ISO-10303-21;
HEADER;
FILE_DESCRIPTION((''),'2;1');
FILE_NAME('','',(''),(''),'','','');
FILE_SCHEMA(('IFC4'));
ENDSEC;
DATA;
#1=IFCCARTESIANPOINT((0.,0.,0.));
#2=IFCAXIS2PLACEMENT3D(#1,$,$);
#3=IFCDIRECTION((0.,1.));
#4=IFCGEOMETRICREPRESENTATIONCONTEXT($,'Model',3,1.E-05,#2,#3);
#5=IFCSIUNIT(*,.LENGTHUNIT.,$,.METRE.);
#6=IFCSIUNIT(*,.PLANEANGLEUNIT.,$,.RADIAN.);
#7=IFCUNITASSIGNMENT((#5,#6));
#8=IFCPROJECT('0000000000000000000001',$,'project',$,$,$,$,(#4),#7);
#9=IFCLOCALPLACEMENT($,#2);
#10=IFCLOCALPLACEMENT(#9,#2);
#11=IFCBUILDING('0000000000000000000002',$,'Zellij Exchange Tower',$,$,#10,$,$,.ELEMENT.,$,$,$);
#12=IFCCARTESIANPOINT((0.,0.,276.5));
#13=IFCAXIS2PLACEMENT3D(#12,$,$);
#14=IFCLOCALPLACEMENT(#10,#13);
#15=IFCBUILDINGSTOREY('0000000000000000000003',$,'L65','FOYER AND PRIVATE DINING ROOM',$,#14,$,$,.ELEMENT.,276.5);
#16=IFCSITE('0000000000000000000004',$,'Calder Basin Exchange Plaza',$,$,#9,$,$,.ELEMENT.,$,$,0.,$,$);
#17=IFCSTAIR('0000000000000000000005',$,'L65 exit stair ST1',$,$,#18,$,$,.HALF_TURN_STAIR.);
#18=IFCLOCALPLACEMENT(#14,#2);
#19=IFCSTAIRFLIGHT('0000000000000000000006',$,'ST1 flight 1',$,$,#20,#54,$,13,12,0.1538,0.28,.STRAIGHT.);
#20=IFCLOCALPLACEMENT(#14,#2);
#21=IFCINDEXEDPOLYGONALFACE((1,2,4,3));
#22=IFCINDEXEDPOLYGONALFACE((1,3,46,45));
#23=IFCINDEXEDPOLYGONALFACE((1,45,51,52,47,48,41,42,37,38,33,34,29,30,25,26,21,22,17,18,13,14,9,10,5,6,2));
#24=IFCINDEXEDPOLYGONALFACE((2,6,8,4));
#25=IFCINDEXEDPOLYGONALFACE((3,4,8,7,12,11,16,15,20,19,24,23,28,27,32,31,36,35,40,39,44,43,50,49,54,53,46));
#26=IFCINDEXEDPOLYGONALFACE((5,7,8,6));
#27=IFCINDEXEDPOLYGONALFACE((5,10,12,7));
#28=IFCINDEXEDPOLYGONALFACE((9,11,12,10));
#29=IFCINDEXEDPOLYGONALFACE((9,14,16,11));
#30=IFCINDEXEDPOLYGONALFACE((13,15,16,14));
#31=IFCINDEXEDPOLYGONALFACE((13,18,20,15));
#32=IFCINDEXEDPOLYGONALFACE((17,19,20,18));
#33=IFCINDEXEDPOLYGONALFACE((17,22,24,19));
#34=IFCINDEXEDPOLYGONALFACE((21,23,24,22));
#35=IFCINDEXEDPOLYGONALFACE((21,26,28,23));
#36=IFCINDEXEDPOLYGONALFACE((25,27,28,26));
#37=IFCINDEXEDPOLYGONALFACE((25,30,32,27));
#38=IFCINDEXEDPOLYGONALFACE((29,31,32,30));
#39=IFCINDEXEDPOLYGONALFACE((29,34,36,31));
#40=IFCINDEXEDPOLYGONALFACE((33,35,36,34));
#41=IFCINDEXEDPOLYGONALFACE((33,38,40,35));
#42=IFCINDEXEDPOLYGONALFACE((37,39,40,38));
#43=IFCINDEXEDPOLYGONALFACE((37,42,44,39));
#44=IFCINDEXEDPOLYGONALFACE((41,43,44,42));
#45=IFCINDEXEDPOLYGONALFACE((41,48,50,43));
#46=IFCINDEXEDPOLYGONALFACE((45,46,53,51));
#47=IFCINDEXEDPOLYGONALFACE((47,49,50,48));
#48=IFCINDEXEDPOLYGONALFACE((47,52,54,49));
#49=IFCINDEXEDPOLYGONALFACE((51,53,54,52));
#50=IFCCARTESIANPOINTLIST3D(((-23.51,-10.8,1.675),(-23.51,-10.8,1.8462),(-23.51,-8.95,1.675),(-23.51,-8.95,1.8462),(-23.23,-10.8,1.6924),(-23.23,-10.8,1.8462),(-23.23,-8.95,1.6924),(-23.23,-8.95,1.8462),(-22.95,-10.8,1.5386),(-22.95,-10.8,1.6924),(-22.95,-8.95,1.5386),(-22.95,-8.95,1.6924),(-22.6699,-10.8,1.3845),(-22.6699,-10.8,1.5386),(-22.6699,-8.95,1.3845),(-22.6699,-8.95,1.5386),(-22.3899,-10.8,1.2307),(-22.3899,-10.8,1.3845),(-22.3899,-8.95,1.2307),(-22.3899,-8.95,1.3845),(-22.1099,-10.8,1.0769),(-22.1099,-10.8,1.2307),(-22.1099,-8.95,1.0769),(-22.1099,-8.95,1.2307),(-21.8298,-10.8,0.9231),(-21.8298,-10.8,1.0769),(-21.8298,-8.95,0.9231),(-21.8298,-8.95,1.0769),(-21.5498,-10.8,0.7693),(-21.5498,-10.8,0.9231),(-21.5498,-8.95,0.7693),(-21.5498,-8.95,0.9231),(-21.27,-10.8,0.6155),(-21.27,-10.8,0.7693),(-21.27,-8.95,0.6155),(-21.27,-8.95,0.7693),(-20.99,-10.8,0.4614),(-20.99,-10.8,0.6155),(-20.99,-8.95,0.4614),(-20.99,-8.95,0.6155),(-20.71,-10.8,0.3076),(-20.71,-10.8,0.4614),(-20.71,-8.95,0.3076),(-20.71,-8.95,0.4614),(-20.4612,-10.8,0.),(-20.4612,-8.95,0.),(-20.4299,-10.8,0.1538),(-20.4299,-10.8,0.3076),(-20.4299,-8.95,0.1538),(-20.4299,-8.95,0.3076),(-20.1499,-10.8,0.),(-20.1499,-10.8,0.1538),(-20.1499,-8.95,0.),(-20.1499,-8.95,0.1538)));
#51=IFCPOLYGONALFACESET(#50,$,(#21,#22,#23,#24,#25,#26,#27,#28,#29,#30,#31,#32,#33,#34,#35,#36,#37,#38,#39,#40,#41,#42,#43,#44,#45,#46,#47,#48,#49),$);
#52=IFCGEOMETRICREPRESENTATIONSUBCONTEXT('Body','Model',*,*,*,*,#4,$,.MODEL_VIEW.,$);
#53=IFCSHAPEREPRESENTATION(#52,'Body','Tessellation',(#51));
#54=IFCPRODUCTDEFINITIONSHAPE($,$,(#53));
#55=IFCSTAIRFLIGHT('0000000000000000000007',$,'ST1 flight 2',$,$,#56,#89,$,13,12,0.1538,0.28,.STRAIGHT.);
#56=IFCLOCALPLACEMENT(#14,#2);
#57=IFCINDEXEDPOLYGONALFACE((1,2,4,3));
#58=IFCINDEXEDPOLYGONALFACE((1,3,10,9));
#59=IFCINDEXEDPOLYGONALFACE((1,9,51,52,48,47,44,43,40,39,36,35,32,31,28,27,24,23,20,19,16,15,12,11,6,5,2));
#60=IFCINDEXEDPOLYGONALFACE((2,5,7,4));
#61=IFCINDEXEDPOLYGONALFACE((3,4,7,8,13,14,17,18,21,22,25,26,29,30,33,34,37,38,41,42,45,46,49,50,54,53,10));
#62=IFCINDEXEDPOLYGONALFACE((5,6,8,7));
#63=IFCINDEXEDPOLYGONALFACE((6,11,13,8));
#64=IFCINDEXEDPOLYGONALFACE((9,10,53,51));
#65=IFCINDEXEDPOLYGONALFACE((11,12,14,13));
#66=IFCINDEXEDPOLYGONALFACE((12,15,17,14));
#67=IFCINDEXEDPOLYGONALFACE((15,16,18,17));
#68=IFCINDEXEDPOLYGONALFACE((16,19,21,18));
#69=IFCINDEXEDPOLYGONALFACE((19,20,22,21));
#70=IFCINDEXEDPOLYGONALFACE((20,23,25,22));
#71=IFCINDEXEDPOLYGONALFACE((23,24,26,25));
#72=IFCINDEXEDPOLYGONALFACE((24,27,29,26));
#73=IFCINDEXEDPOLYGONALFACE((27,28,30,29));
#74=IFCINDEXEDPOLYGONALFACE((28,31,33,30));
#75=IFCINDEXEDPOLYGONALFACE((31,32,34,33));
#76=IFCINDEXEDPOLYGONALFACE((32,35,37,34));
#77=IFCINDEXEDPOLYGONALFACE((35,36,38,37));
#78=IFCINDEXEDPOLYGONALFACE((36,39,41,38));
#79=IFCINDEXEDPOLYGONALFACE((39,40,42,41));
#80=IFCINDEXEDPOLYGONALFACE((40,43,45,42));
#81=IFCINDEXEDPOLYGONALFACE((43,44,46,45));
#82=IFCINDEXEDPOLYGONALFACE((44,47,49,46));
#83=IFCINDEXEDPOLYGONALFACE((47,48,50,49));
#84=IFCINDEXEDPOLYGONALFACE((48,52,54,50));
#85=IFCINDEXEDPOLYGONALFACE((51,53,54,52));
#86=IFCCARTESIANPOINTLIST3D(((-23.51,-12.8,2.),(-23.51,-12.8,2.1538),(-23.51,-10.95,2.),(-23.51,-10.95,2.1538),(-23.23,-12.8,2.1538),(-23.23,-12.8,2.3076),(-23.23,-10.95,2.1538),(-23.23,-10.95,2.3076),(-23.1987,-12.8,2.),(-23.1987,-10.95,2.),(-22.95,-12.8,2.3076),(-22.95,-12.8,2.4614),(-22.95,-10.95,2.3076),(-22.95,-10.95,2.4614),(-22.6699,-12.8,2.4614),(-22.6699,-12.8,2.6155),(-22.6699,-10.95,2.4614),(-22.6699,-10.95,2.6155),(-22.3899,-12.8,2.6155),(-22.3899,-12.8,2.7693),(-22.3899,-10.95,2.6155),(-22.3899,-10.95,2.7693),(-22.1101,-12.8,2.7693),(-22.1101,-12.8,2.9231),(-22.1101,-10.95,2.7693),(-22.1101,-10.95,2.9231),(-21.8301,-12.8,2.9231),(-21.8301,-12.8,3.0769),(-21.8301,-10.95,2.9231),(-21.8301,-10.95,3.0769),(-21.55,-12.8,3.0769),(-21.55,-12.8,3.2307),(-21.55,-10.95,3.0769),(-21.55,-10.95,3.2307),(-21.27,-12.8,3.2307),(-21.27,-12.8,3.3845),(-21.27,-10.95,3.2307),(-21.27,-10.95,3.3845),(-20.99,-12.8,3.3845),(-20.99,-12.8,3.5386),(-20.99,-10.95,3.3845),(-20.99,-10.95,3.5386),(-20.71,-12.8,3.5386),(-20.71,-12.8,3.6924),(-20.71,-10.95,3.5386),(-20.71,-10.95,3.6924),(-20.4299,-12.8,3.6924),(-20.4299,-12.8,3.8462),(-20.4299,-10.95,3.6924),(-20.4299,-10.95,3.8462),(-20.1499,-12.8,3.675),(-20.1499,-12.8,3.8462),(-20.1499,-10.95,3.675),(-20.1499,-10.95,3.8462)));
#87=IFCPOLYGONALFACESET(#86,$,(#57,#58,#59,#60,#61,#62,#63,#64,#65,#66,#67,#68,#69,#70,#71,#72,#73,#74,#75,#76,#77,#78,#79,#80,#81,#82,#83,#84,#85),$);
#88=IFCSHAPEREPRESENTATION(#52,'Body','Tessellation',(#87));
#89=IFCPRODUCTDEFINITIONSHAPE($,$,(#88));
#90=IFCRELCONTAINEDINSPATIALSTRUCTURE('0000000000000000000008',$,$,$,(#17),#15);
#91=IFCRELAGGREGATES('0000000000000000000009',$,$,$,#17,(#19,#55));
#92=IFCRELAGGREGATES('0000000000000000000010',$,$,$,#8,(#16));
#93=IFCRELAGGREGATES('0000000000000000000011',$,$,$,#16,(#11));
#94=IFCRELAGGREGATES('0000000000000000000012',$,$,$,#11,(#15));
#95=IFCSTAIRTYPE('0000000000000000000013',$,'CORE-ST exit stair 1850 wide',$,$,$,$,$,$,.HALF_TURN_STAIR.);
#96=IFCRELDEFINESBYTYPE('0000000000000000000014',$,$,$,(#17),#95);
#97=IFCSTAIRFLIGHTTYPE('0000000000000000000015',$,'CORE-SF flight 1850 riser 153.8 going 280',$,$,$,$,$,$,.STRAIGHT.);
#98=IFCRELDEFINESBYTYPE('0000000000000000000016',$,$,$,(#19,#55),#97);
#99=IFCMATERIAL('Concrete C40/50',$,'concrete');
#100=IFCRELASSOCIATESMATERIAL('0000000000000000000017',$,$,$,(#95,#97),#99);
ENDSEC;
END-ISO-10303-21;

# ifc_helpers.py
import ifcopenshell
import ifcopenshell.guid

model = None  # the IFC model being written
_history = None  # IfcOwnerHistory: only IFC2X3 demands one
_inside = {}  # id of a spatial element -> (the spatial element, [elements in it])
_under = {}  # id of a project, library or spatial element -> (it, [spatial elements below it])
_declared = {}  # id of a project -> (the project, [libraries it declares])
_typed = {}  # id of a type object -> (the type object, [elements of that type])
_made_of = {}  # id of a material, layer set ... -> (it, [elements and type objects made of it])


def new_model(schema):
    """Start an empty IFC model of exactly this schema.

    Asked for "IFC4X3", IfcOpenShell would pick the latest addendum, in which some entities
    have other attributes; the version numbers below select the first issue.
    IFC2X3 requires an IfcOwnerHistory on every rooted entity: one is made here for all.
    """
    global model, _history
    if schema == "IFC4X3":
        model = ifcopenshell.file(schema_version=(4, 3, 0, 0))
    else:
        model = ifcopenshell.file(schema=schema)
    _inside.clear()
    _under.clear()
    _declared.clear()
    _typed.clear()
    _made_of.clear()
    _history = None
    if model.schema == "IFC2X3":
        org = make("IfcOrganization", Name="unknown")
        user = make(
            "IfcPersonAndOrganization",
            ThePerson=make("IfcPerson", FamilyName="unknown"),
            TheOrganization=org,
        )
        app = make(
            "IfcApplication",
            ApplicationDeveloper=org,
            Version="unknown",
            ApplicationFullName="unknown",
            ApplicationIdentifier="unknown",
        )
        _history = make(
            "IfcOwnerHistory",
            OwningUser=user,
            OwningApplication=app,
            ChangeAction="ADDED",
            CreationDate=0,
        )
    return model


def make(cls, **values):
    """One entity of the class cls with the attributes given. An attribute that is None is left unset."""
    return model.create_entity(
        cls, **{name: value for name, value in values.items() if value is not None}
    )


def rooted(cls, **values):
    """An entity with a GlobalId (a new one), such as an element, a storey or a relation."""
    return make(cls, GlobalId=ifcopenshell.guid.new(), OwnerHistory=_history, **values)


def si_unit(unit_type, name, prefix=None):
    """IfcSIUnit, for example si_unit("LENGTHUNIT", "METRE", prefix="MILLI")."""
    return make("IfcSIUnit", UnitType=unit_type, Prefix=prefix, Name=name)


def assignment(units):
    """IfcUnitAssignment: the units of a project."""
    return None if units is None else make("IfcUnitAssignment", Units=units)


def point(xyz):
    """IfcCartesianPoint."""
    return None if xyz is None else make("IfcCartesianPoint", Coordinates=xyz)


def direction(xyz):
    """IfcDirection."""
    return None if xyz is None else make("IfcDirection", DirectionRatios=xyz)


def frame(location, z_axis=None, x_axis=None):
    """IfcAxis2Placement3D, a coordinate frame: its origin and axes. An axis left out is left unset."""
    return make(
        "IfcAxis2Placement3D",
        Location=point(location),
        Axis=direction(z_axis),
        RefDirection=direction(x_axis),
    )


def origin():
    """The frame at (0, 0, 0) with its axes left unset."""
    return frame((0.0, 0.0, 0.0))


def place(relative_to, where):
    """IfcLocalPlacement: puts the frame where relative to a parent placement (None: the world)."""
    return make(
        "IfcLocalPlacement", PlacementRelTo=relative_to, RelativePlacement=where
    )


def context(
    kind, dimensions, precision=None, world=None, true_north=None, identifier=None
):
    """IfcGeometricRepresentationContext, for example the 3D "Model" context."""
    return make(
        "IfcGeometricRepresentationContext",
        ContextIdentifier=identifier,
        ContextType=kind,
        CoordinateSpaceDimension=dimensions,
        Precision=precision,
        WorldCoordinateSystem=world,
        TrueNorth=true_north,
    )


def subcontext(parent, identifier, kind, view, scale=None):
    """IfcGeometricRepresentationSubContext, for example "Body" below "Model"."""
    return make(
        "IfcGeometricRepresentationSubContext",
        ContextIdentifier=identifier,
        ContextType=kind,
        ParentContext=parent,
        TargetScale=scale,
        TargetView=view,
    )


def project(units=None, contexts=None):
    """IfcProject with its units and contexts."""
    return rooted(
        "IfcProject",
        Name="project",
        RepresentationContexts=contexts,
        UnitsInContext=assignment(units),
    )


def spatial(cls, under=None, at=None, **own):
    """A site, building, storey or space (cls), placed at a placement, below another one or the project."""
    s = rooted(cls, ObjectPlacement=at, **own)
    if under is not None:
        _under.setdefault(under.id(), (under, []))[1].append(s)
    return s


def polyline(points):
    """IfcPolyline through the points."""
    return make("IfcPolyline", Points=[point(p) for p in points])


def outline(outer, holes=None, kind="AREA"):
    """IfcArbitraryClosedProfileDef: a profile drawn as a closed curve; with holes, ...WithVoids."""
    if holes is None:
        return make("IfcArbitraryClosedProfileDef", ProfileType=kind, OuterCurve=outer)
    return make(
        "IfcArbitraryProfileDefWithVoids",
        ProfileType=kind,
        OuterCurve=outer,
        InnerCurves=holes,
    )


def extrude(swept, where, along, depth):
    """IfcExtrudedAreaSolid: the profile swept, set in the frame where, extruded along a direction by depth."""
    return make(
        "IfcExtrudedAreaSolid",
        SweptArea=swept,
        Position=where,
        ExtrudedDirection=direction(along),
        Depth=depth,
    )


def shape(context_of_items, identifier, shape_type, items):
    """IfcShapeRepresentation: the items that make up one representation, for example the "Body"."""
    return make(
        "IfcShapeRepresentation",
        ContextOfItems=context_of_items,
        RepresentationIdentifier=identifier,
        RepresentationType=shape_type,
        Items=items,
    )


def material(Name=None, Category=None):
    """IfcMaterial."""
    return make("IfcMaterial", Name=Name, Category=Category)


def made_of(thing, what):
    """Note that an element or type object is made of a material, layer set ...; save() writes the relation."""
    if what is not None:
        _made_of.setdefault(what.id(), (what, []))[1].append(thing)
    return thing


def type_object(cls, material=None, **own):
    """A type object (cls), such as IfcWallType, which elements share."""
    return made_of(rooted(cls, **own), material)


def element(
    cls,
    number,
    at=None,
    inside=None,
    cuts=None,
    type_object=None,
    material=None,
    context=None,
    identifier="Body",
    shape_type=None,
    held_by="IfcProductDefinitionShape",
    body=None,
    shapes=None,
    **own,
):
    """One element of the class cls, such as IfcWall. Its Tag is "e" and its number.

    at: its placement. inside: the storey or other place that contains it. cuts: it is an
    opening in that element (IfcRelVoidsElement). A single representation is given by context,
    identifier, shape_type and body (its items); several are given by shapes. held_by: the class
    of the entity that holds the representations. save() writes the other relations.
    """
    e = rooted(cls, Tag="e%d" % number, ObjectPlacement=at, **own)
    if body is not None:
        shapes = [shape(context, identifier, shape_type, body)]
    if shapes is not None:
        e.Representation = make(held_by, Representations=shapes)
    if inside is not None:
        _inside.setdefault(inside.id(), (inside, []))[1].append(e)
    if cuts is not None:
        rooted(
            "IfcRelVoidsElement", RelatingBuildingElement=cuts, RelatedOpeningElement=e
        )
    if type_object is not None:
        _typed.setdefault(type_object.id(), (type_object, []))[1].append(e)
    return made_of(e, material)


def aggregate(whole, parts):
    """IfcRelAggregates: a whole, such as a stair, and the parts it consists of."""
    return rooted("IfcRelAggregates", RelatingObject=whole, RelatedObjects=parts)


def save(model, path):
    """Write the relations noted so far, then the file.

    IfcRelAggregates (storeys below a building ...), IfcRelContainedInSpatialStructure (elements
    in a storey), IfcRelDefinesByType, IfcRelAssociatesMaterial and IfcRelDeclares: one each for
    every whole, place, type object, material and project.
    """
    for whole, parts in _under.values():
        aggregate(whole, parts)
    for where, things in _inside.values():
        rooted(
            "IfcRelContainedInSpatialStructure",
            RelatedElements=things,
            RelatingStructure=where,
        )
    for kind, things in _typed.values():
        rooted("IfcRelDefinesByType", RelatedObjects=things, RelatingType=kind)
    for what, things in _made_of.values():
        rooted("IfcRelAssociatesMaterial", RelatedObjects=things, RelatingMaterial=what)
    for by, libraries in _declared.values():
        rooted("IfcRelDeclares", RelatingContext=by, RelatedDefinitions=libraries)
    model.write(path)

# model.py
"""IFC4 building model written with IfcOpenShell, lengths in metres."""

from ifc_helpers import new_model, si_unit, direction, frame, origin, place, context, subcontext, project, spatial, polyline, outline, extrude, material, type_object, element, aggregate, save


model = new_model("IFC4")

# Units and contexts
model_context = context("Model", 3, precision=1e-05, world=origin(), true_north=direction((0.0, 1.0)))
body_context = subcontext(model_context, "Body", "Model", "MODEL_VIEW")
ifc_project = project(units=[si_unit("LENGTHUNIT", "METRE"), si_unit("PLANEANGLEUNIT", "RADIAN")], contexts=[model_context])

# Site, building, storey
site_placement = place(None, origin())
site = spatial("IfcSite", under=ifc_project, at=site_placement, Name="Calder Basin Exchange Plaza", CompositionType="ELEMENT", RefElevation=0.0)
building_placement = place(site_placement, origin())
building = spatial("IfcBuilding", under=site, at=building_placement, Name="Zellij Exchange Tower", CompositionType="ELEMENT")
storey_placement = place(building_placement, frame((0.0, 0.0, 276.5)))
storey = spatial("IfcBuildingStorey", under=building, at=storey_placement, Name="L65", Description="FOYER AND PRIVATE DINING ROOM", CompositionType="ELEMENT", Elevation=276.5)

# Stair, stair flights
ifc_material_1 = material(Name="Concrete C40/50", Category="concrete")
stair_type = type_object("IfcStairType", Name="CORE-ST exit stair 1850 wide", PredefinedType="HALF_TURN_STAIR", material=ifc_material_1)
stair_placement = place(storey_placement, origin())
stair = element("IfcStair", 1, at=stair_placement, inside=storey, type_object=stair_type, Name="L65 exit stair ST1", PredefinedType="HALF_TURN_STAIR")
stair_flight_type = type_object("IfcStairFlightType", Name="CORE-SF flight 1850 riser 153.8 going 280", PredefinedType="STRAIGHT", material=ifc_material_1)
stair_flight_1_placement = place(storey_placement, frame((-20.1499, -9.875, 0.0), z_axis=(0.0, 0.0, 1.0), x_axis=(-1.0, 0.0, 0.0)))
stair_flight_1 = element("IfcStairFlight", 2, at=stair_flight_1_placement, type_object=stair_flight_type, Name="ST1 flight 1", NumberOfRisers=13, NumberOfTreads=12, PredefinedType="STRAIGHT", RiserHeight=0.1538, TreadLength=0.28, context=body_context, shape_type="SweptSolid", body=[
    extrude(outline(polyline([(0.0, 0.0), (0.0, 0.1538), (0.28, 0.1538), (0.28, 0.3076), (0.5601, 0.3076), (0.5601, 0.4614), (0.8401, 0.4614), (0.8401, 0.6155), (1.1201, 0.6155), (1.1201, 0.7693), (1.3999, 0.7693), (1.3999, 0.9231), (1.6799, 0.9231), (1.6799, 1.0769), (1.96, 1.0769), (1.96, 1.2307), (2.24, 1.2307), (2.24, 1.3845), (2.52, 1.3845), (2.52, 1.5386), (2.8, 1.5386), (2.8, 1.6924), (3.0801, 1.6924), (3.0801, 1.8462), (3.3601, 1.8462), (3.3601, 2.0), (3.3601, 1.675), (0.3113, 0.0), (0.0, 0.0)])), frame((0.0, 0.925, 0.0), z_axis=(0.0, -1.0, 0.0), x_axis=(1.0, 0.0, 0.0)), (0.0, 0.0, 1.0), 1.8501),
])
stair_flight_2_placement = place(storey_placement, frame((-23.51, -11.875, 2.0), z_axis=(0.0, 0.0, 1.0), x_axis=(1.0, 0.0, 0.0)))
stair_flight_2 = element("IfcStairFlight", 3, at=stair_flight_2_placement, type_object=stair_flight_type, Name="ST1 flight 2", NumberOfRisers=13, NumberOfTreads=12, PredefinedType="STRAIGHT", RiserHeight=0.1538, TreadLength=0.28, context=body_context, shape_type="SweptSolid", body=[
    extrude(outline(polyline([(0.0, 0.0), (0.0, 0.1538), (0.28, 0.1538), (0.28, 0.3076), (0.5601, 0.3076), (0.5601, 0.4614), (0.8401, 0.4614), (0.8401, 0.6155), (1.1201, 0.6155), (1.1201, 0.7693), (1.3999, 0.7693), (1.3999, 0.9231), (1.6799, 0.9231), (1.6799, 1.0769), (1.96, 1.0769), (1.96, 1.2307), (2.24, 1.2307), (2.24, 1.3845), (2.52, 1.3845), (2.52, 1.5386), (2.8, 1.5386), (2.8, 1.6924), (3.0801, 1.6924), (3.0801, 1.8462), (3.3601, 1.8462), (3.3601, 2.0), (3.3601, 1.675), (0.3113, 0.0), (0.0, 0.0)])), frame((0.0, 0.925, 0.0), z_axis=(0.0, -1.0, 0.0), x_axis=(1.0, 0.0, 0.0)), (0.0, 0.0, 1.0), 1.8501),
])
aggregate(stair, [stair_flight_1, stair_flight_2])

save(model, "model.ifc")
